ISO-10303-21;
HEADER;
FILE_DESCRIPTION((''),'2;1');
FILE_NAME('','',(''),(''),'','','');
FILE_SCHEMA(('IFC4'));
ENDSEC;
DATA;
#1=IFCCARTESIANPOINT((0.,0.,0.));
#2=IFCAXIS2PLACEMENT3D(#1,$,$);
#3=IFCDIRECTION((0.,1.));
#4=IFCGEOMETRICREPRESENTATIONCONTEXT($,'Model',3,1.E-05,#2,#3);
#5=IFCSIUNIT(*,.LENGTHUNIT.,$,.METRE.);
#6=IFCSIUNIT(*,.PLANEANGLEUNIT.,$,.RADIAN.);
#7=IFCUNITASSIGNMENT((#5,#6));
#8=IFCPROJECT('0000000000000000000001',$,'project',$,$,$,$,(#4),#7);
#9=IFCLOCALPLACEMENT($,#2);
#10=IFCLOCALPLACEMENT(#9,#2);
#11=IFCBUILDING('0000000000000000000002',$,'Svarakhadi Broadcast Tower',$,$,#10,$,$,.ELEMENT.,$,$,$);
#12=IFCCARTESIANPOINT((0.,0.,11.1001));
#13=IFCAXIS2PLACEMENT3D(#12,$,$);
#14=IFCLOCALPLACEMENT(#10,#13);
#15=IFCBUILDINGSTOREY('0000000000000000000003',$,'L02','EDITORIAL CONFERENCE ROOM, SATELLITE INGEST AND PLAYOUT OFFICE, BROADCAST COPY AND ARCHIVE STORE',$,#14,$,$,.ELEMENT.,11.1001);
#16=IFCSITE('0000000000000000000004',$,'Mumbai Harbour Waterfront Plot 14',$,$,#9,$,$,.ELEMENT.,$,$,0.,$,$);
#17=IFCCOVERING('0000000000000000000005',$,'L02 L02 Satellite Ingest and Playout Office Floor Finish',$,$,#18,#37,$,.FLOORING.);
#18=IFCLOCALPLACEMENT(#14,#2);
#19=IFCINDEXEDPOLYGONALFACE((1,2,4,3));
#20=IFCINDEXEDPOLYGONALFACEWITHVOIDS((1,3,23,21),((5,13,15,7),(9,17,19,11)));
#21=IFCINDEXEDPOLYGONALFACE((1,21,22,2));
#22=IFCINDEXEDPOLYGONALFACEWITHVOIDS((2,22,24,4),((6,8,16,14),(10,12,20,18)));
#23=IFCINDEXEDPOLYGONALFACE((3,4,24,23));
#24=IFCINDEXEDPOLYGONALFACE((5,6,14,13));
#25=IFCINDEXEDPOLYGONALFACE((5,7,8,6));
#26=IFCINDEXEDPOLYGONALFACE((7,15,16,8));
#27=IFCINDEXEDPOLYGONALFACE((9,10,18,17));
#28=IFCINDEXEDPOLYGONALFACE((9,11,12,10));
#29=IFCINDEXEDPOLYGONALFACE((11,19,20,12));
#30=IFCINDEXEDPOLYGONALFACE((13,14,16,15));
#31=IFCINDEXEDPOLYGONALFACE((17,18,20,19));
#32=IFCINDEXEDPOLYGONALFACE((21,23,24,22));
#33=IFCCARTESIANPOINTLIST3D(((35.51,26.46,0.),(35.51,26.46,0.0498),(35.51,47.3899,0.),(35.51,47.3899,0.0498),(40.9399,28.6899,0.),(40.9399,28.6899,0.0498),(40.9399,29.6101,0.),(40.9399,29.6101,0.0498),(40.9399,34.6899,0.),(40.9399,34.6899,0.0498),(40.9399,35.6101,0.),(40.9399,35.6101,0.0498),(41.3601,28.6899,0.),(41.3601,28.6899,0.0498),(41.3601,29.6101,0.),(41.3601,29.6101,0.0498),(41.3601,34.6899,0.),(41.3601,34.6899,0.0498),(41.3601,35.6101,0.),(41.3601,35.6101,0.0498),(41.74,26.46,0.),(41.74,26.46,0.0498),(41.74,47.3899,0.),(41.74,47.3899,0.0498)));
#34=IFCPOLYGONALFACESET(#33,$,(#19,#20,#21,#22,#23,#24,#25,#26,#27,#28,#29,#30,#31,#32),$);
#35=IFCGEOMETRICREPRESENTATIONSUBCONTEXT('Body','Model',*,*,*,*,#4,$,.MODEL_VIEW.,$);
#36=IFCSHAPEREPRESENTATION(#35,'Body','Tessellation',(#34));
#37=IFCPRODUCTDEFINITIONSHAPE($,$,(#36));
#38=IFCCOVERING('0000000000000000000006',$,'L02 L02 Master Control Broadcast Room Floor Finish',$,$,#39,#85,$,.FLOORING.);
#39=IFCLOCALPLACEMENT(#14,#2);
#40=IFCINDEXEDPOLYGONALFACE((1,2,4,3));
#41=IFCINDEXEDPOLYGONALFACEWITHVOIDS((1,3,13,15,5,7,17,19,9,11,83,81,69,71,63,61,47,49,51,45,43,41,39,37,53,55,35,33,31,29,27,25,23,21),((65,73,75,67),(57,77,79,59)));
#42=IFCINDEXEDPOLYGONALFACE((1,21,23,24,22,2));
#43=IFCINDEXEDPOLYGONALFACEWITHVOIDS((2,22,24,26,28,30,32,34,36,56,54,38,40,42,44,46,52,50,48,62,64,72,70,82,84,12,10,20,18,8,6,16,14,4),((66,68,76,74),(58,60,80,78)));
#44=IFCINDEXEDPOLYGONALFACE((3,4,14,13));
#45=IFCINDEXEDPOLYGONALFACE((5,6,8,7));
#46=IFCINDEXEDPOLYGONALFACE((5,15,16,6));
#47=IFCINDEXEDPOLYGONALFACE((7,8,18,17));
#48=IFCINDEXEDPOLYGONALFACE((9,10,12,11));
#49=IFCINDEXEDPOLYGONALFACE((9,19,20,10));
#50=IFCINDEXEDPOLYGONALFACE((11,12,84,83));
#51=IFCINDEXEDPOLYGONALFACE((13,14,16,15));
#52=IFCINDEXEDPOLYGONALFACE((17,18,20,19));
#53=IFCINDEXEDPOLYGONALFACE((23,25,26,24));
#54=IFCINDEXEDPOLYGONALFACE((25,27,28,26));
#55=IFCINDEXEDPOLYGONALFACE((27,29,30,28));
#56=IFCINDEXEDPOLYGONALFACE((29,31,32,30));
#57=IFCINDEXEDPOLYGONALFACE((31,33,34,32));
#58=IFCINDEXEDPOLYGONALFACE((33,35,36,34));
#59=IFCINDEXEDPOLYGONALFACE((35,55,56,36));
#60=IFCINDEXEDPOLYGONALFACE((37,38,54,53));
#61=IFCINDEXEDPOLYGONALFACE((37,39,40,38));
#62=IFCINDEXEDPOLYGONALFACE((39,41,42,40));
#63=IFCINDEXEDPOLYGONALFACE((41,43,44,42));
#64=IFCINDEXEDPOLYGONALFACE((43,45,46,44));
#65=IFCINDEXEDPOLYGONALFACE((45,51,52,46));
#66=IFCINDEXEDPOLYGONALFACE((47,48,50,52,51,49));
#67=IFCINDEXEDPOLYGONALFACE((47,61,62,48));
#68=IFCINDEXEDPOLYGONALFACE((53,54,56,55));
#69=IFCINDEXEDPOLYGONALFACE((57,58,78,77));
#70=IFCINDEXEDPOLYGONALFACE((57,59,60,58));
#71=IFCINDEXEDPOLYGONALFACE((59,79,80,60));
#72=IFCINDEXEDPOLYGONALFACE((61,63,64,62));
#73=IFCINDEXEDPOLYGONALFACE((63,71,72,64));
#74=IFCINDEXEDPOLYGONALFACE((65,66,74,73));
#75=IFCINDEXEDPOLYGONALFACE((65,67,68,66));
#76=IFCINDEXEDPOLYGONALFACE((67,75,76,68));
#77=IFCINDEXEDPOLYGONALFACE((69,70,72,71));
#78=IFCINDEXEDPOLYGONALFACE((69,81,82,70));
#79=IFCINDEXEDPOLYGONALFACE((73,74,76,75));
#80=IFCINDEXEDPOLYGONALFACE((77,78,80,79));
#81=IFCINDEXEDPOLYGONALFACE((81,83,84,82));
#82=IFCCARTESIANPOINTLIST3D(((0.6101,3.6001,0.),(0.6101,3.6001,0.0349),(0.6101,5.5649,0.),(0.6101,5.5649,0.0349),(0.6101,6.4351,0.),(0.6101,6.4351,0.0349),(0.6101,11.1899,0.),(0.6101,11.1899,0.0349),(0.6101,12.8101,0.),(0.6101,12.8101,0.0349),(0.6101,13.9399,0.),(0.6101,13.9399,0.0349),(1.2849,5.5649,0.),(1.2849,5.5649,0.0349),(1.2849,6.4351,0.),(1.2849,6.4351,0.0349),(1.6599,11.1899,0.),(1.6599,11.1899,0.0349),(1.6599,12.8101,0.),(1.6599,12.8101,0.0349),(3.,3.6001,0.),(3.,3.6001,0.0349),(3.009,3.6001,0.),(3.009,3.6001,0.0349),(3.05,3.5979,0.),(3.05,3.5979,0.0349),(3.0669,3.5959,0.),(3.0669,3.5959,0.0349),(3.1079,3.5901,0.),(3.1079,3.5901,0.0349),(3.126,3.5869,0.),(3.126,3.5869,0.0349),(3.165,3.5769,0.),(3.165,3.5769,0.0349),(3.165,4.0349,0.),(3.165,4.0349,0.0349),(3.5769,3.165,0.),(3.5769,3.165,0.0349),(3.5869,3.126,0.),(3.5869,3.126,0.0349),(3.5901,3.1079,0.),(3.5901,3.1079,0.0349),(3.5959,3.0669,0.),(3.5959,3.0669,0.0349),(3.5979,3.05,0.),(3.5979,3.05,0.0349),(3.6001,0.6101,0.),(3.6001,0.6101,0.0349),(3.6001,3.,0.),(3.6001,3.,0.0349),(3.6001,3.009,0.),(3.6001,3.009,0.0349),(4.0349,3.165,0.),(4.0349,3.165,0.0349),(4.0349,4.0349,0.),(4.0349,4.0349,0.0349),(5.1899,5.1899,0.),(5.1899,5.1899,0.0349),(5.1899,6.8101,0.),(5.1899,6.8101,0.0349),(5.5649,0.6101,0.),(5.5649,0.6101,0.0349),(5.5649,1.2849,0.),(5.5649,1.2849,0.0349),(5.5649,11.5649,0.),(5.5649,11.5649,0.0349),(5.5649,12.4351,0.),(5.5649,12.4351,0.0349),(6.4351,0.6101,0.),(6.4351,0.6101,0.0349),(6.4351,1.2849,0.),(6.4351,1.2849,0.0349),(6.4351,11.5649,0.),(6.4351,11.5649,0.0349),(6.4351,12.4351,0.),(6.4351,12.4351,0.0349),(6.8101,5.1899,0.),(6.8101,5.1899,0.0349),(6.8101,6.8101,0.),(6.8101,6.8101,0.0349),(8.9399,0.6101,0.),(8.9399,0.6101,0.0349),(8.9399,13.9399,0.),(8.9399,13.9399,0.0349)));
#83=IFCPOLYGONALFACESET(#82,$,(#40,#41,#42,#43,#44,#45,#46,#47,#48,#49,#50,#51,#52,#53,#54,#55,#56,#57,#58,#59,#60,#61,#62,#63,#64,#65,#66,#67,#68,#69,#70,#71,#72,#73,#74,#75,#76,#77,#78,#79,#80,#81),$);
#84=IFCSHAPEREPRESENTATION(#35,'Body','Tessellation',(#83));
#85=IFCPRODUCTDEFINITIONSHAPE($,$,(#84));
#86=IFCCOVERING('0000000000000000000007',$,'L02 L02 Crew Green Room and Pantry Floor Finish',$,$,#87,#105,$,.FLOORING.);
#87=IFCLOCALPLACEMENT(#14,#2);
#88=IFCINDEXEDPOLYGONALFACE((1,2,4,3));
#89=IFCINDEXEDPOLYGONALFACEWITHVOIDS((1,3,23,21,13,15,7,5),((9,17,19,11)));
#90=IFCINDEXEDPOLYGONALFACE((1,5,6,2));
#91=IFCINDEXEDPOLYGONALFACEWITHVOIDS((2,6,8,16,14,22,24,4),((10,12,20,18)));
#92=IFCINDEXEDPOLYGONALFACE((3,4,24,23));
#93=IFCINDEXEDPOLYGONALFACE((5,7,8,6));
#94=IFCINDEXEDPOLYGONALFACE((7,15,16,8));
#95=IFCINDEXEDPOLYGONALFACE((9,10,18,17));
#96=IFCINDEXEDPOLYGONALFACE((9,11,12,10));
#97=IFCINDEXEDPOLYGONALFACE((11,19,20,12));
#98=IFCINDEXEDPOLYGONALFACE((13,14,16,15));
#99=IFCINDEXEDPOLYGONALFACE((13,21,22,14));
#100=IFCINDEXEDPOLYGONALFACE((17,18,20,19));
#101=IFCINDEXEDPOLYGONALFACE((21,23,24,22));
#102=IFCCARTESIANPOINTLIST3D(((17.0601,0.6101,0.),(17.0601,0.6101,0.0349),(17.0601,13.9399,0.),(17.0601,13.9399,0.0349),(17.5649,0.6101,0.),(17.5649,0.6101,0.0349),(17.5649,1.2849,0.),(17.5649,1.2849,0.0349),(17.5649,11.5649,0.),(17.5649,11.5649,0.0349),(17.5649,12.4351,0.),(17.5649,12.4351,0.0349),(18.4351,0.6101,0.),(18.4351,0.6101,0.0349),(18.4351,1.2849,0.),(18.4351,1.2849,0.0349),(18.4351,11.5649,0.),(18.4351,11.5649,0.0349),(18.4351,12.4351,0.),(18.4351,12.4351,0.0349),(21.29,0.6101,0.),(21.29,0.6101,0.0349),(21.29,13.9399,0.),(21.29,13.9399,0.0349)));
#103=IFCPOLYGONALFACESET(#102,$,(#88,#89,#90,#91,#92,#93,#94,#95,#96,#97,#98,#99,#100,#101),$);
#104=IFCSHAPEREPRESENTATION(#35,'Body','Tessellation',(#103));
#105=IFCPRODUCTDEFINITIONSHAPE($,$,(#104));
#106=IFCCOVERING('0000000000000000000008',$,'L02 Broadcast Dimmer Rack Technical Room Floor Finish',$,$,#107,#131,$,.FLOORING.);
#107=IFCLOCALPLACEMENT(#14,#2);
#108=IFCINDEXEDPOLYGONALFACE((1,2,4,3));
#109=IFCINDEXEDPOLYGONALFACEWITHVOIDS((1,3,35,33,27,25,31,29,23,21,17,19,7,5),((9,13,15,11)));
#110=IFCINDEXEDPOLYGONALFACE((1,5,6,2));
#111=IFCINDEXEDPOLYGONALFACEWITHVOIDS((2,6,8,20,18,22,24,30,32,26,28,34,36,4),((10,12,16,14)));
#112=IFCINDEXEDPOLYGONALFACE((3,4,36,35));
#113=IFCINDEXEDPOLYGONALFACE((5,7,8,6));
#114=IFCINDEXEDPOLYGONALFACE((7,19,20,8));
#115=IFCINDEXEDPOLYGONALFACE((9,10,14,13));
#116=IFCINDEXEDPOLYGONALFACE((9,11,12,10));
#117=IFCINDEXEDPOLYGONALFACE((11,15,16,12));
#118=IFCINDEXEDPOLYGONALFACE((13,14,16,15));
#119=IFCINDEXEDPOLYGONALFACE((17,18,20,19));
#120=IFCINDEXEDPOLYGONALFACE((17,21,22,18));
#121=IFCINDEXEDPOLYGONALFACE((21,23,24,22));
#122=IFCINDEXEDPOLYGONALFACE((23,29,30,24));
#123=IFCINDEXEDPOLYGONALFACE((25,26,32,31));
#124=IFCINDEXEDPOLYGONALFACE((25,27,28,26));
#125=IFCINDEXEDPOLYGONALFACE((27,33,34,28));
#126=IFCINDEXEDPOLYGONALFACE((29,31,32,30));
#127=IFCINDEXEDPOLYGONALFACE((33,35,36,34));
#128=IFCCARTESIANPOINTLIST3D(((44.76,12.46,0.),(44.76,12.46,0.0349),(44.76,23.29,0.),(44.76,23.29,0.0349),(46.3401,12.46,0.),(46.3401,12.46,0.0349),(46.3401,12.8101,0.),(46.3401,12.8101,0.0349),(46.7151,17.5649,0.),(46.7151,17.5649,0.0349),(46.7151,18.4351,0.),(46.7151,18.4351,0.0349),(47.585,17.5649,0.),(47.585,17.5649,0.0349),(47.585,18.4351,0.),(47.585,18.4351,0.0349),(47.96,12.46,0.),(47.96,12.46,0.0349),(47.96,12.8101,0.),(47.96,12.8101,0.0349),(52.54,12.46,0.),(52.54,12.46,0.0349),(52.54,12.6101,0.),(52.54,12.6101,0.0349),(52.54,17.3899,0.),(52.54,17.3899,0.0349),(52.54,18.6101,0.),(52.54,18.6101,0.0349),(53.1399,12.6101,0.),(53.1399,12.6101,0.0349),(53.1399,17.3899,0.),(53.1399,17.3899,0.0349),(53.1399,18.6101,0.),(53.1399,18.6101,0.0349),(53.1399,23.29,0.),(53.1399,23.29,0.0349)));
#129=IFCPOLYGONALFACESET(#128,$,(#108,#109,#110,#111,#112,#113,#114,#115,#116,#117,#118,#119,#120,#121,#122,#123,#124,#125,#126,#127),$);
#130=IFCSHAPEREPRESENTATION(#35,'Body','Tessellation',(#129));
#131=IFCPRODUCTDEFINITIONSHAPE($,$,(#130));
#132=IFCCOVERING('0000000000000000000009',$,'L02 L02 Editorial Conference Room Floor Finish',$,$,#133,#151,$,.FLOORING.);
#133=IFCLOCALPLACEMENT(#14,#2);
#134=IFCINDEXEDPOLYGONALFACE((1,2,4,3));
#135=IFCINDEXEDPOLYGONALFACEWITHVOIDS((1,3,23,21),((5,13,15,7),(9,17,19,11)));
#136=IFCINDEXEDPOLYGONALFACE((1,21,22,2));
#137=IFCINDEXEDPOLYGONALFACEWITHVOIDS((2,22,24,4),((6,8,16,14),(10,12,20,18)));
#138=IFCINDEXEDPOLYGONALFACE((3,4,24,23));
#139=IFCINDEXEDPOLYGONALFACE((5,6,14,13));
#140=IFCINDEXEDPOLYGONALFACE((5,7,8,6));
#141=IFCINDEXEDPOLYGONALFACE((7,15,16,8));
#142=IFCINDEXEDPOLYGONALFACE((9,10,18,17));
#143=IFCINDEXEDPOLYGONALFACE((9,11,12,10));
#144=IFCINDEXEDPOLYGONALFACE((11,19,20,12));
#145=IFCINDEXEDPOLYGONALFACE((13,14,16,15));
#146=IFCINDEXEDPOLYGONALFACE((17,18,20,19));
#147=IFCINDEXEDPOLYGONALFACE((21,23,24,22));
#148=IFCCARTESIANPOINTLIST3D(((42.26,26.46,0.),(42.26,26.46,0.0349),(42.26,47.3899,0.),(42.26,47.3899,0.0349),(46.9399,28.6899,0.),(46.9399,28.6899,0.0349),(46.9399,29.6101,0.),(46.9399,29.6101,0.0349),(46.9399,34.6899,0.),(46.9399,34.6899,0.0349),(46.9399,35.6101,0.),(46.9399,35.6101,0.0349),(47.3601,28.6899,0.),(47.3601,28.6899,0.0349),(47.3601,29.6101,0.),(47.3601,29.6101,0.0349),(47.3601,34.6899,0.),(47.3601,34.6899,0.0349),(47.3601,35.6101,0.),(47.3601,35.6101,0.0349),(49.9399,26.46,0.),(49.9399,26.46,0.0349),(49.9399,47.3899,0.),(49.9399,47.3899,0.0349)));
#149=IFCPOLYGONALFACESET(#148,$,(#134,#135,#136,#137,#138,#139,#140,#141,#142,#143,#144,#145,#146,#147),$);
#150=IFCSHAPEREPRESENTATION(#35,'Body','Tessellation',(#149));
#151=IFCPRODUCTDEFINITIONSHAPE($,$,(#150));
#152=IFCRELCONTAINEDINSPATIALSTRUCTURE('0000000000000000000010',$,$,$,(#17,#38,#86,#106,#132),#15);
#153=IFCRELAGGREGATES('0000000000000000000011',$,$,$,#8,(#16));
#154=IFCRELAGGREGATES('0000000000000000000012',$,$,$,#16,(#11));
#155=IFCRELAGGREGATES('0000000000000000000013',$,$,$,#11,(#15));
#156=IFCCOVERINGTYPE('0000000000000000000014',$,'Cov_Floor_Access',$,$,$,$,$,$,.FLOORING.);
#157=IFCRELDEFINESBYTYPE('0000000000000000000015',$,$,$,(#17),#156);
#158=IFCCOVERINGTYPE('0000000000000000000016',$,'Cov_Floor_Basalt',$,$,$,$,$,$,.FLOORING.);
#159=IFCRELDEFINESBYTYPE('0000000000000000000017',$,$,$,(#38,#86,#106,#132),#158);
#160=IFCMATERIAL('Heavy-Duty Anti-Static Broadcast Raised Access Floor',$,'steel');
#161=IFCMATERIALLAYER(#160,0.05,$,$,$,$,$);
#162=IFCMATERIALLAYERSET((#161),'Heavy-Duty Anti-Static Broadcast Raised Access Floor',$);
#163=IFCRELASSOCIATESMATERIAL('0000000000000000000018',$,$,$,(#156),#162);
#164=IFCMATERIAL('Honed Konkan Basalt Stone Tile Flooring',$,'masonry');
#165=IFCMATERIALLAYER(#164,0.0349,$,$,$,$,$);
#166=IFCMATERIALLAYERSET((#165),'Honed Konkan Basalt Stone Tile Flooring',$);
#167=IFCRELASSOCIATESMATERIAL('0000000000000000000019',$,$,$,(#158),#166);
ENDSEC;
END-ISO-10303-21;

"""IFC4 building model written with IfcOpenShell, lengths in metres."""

from ifc_helpers import new_model, si_unit, direction, frame, origin, place, context, subcontext, project, spatial, polyline, outline, extrude, material, layer, layer_set, type_object, element, save


model = new_model("IFC4")

# Units and contexts
model_context = context("Model", 3, precision=1e-05, world=origin(), true_north=direction((0.0, 1.0)))
body_context = subcontext(model_context, "Body", "Model", "MODEL_VIEW")
ifc_project = project(units=[si_unit("LENGTHUNIT", "METRE"), si_unit("PLANEANGLEUNIT", "RADIAN")], contexts=[model_context])

# Site, building, storey
site_placement = place(None, origin())
site = spatial("IfcSite", under=ifc_project, at=site_placement, Name="Mumbai Harbour Waterfront Plot 14", CompositionType="ELEMENT", RefElevation=0.0)
building_placement = place(site_placement, origin())
building = spatial("IfcBuilding", under=site, at=building_placement, Name="Svarakhadi Broadcast Tower", CompositionType="ELEMENT")
storey_placement = place(building_placement, frame((0.0, 0.0, 11.1001)))
storey = spatial("IfcBuildingStorey", under=building, at=storey_placement, Name="L02", Description="EDITORIAL CONFERENCE ROOM, SATELLITE INGEST AND PLAYOUT OFFICE, BROADCAST COPY AND ARCHIVE STORE", CompositionType="ELEMENT", Elevation=11.1001)

# Coverings
ifc_material_1 = material(Name="Heavy-Duty Anti-Static Broadcast Raised Access Floor", Category="steel")
ifc_layer_1 = layer(ifc_material_1, 0.05)
ifc_layer_set_1 = layer_set([ifc_layer_1], Name="Heavy-Duty Anti-Static Broadcast Raised Access Floor")
covering_type_1 = type_object("IfcCoveringType", Name="Cov_Floor_Access", PredefinedType="FLOORING", material=ifc_layer_set_1)
covering_1_placement = place(storey_placement, origin())
element("IfcCovering", 1, at=covering_1_placement, inside=storey, type_object=covering_type_1, Name="L02 L02 Satellite Ingest and Playout Office Floor Finish", PredefinedType="FLOORING", context=body_context, shape_type="SweptSolid", body=[
    extrude(outline(polyline([(41.74, 47.3899), (41.74, 26.46), (35.51, 26.46), (35.51, 47.3899), (41.74, 47.3899)]), holes=[polyline([(40.9399, 28.6899), (41.3601, 28.6899), (41.3601, 29.6101), (40.9399, 29.6101), (40.9399, 28.6899)]), polyline([(40.9399, 34.6899), (41.3601, 34.6899), (41.3601, 35.6101), (40.9399, 35.6101), (40.9399, 34.6899)])]), origin(), (0.0, 0.0, 1.0), 0.0498),
])
ifc_material_2 = material(Name="Honed Konkan Basalt Stone Tile Flooring", Category="masonry")
ifc_layer_2 = layer(ifc_material_2, 0.0349)
ifc_layer_set_2 = layer_set([ifc_layer_2], Name="Honed Konkan Basalt Stone Tile Flooring")
covering_type_2 = type_object("IfcCoveringType", Name="Cov_Floor_Basalt", PredefinedType="FLOORING", material=ifc_layer_set_2)
covering_2_placement = place(storey_placement, origin())
element("IfcCovering", 2, at=covering_2_placement, inside=storey, type_object=covering_type_2, Name="L02 L02 Master Control Broadcast Room Floor Finish", PredefinedType="FLOORING", context=body_context, shape_type="SweptSolid", body=[
    extrude(outline(polyline([(8.9399, 0.6101), (6.4351, 0.6101), (6.4351, 1.2849), (5.5649, 1.2849), (5.5649, 0.6101), (3.6001, 0.6101), (3.6001, 3.0), (3.6001, 3.009), (3.5979, 3.05), (3.5959, 3.0669), (3.5901, 3.1079), (3.5869, 3.126), (3.5769, 3.165), (4.0349, 3.165), (4.0349, 4.0349), (3.165, 4.0349), (3.165, 3.5769), (3.126, 3.5869), (3.1079, 3.5901), (3.0669, 3.5959), (3.05, 3.5979), (3.009, 3.6001), (3.0, 3.6001), (0.6101, 3.6001), (0.6101, 5.5649), (1.2849, 5.5649), (1.2849, 6.4351), (0.6101, 6.4351), (0.6101, 11.1899), (1.6599, 11.1899), (1.6599, 12.8101), (0.6101, 12.8101), (0.6101, 13.9399), (8.9399, 13.9399), (8.9399, 0.6101)]), holes=[polyline([(5.1899, 5.1899), (6.8101, 5.1899), (6.8101, 6.8101), (5.1899, 6.8101), (5.1899, 5.1899)]), polyline([(5.5649, 11.5649), (6.4351, 11.5649), (6.4351, 12.4351), (5.5649, 12.4351), (5.5649, 11.5649)])]), origin(), (0.0, 0.0, 1.0), 0.0349),
])
covering_3_placement = place(storey_placement, origin())
element("IfcCovering", 3, at=covering_3_placement, inside=storey, type_object=covering_type_2, Name="L02 L02 Crew Green Room and Pantry Floor Finish", PredefinedType="FLOORING", context=body_context, shape_type="SweptSolid", body=[
    extrude(outline(polyline([(21.29, 13.9399), (21.29, 0.6101), (18.4351, 0.6101), (18.4351, 1.2849), (17.5649, 1.2849), (17.5649, 0.6101), (17.0601, 0.6101), (17.0601, 13.9399), (21.29, 13.9399)]), holes=[polyline([(17.5649, 11.5649), (18.4351, 11.5649), (18.4351, 12.4351), (17.5649, 12.4351), (17.5649, 11.5649)])]), origin(), (0.0, 0.0, 1.0), 0.0349),
])
covering_4_placement = place(storey_placement, origin())
element("IfcCovering", 4, at=covering_4_placement, inside=storey, type_object=covering_type_2, Name="L02 Broadcast Dimmer Rack Technical Room Floor Finish", PredefinedType="FLOORING", context=body_context, shape_type="SweptSolid", body=[
    extrude(outline(polyline([(53.1399, 23.29), (53.1399, 18.6101), (52.54, 18.6101), (52.54, 17.3899), (53.1399, 17.3899), (53.1399, 12.6101), (52.54, 12.6101), (52.54, 12.46), (47.96, 12.46), (47.96, 12.8101), (46.3401, 12.8101), (46.3401, 12.46), (44.76, 12.46), (44.76, 23.29), (53.1399, 23.29)]), holes=[polyline([(46.7151, 17.5649), (47.585, 17.5649), (47.585, 18.4351), (46.7151, 18.4351), (46.7151, 17.5649)])]), origin(), (0.0, 0.0, 1.0), 0.0349),
])
covering_5_placement = place(storey_placement, origin())
element("IfcCovering", 5, at=covering_5_placement, inside=storey, type_object=covering_type_2, Name="L02 L02 Editorial Conference Room Floor Finish", PredefinedType="FLOORING", context=body_context, shape_type="SweptSolid", body=[
    extrude(outline(polyline([(49.9399, 47.3899), (49.9399, 26.46), (42.26, 26.46), (42.26, 47.3899), (49.9399, 47.3899)]), holes=[polyline([(46.9399, 28.6899), (47.3601, 28.6899), (47.3601, 29.6101), (46.9399, 29.6101), (46.9399, 28.6899)]), polyline([(46.9399, 34.6899), (47.3601, 34.6899), (47.3601, 35.6101), (46.9399, 35.6101), (46.9399, 34.6899)])]), origin(), (0.0, 0.0, 1.0), 0.0349),
])

save(model, "model.ifc")
